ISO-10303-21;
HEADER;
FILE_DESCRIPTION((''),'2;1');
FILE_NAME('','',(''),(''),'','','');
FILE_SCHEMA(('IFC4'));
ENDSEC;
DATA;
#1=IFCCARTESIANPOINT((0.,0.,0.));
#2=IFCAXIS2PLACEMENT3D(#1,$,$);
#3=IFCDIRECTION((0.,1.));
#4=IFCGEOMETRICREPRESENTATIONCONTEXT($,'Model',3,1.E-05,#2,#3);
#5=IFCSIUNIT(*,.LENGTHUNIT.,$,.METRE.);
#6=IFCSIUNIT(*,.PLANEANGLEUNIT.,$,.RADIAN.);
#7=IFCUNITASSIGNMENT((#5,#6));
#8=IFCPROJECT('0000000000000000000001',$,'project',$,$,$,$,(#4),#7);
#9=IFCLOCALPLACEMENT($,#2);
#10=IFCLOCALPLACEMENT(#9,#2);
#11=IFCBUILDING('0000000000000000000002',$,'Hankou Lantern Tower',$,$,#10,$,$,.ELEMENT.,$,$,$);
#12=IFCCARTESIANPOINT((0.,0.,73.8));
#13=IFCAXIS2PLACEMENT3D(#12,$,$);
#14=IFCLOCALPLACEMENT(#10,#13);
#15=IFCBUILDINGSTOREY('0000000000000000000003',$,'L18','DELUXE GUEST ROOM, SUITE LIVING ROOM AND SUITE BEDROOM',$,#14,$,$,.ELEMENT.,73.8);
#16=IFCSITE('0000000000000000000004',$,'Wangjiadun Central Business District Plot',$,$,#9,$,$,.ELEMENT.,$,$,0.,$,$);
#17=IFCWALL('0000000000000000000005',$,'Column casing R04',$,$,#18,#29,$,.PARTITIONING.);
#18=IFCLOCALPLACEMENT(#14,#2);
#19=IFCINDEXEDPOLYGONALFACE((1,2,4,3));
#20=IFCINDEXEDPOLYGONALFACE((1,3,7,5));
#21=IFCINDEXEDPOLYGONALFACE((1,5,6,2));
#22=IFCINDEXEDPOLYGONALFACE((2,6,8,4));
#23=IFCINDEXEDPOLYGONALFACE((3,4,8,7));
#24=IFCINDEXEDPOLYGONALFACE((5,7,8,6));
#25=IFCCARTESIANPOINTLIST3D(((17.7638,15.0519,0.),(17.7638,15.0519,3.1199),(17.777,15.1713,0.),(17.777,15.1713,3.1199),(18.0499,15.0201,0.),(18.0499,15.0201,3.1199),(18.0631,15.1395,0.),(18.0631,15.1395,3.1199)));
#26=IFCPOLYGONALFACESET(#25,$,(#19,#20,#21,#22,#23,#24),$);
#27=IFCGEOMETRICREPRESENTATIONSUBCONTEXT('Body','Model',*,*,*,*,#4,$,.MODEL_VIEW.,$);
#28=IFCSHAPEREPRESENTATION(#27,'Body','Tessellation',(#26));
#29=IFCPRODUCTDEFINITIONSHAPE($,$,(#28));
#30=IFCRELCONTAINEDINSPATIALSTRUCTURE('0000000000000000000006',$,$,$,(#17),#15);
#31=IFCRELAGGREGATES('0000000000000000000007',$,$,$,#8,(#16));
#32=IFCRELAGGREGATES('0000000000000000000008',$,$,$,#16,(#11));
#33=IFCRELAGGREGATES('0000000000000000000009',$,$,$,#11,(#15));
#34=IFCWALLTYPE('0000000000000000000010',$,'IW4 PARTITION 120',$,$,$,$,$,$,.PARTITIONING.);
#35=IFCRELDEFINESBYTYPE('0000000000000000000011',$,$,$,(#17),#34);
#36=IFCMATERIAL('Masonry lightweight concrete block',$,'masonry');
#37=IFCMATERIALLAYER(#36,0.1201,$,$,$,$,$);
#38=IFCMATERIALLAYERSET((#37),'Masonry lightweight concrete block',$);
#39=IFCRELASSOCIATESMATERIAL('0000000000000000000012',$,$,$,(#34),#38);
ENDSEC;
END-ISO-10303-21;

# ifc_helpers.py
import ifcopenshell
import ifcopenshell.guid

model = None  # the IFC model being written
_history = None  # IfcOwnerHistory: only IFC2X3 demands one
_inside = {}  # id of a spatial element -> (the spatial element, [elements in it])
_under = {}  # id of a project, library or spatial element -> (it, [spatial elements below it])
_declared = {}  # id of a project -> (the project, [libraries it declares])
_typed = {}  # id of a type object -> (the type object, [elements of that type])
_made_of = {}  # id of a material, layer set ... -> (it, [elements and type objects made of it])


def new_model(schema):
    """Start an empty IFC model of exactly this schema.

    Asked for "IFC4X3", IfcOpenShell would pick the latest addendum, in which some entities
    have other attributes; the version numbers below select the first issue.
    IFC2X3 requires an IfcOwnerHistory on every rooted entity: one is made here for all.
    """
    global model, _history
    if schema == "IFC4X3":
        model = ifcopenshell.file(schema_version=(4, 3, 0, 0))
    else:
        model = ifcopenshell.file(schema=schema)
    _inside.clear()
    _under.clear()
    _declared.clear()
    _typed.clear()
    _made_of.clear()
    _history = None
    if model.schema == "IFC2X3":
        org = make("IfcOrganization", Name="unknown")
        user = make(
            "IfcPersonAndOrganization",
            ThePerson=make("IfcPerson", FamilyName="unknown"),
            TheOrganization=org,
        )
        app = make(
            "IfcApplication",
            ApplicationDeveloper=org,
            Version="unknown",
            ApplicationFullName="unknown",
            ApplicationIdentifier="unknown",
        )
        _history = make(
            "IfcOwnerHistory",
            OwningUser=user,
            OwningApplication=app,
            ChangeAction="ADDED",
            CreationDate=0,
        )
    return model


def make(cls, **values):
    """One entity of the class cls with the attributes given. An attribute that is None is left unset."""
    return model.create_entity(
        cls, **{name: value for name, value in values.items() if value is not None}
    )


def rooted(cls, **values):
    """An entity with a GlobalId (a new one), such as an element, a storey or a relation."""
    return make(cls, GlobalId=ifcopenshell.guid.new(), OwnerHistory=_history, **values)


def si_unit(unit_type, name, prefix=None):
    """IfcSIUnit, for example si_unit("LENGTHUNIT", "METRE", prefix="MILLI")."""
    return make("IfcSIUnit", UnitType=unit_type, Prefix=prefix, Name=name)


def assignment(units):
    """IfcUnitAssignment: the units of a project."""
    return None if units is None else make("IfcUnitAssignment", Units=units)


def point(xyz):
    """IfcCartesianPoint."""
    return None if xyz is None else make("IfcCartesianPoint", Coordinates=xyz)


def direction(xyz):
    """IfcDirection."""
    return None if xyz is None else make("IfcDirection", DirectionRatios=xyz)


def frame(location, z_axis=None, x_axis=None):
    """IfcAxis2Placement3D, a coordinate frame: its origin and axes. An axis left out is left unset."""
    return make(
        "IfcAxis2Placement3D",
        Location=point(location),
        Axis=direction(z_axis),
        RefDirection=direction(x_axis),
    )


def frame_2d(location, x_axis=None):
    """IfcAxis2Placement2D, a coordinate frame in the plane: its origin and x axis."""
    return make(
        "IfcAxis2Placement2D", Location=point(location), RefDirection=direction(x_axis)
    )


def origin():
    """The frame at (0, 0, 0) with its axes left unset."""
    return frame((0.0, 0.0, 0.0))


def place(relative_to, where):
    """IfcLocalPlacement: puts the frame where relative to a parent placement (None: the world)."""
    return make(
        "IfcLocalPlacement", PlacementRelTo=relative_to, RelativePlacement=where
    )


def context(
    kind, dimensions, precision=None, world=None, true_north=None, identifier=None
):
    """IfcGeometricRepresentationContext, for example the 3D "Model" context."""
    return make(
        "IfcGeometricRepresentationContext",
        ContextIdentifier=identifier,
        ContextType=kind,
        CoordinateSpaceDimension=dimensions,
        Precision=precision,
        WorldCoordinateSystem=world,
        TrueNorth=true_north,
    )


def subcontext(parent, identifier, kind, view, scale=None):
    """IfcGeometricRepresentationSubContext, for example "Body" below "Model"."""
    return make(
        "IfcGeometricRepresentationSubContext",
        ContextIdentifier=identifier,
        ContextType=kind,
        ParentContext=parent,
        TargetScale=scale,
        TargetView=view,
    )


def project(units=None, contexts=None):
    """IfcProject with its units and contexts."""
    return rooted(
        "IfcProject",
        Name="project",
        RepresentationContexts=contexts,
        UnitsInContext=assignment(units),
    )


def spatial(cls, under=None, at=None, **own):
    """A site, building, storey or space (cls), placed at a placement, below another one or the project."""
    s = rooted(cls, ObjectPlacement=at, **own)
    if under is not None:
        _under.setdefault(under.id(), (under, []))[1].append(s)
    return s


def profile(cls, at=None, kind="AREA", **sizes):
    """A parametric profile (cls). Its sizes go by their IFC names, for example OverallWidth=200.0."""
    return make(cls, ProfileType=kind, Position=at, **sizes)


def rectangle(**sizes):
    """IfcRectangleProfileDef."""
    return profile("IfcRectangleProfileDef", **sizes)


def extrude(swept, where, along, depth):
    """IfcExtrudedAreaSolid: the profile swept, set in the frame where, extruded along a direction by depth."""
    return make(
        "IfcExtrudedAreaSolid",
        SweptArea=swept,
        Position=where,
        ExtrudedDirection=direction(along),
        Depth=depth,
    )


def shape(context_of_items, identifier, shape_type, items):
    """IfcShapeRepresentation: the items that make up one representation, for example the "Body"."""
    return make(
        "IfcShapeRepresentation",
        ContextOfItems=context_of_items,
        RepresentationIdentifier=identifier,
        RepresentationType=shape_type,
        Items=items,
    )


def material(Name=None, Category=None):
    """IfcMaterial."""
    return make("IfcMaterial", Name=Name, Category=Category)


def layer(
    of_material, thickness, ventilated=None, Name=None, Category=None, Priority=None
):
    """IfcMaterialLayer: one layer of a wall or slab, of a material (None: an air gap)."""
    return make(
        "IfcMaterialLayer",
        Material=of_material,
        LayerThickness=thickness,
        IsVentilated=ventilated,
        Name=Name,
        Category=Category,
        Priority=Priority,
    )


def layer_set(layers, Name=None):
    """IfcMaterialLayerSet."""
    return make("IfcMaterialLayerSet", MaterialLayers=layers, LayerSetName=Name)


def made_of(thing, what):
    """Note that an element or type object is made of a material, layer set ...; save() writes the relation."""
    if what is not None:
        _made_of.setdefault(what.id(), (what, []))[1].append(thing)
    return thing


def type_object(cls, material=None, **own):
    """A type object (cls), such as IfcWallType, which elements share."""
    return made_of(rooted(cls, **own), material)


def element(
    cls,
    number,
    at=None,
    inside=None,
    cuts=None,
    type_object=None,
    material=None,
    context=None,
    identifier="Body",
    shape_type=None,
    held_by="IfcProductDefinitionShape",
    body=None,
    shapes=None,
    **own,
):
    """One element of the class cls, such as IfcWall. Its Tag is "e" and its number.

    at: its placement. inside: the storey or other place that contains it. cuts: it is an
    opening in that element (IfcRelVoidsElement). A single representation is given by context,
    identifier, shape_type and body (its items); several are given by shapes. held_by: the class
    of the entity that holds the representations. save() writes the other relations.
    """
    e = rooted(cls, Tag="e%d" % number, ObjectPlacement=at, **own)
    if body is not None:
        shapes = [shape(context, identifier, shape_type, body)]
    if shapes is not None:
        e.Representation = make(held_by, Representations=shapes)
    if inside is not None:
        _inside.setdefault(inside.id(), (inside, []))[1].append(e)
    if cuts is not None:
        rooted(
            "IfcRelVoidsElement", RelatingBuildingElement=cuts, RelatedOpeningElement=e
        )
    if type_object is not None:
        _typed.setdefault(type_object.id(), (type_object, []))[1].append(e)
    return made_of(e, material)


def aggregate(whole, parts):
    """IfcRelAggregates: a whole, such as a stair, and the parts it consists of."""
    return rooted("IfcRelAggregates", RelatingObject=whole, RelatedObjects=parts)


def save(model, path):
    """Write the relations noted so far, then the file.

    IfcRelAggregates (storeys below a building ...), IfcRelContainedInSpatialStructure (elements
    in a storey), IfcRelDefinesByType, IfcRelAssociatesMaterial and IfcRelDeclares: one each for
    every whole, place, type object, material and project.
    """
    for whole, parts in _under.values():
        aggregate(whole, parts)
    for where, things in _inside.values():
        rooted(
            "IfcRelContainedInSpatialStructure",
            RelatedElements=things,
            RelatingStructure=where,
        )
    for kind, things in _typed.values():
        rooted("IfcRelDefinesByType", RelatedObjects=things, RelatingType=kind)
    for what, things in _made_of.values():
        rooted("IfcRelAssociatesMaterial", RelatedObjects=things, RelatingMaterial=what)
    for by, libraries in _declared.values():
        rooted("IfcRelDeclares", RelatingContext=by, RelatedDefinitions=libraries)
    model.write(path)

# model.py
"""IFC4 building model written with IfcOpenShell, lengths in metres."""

from ifc_helpers import new_model, si_unit, direction, frame, frame_2d, origin, place, context, subcontext, project, spatial, rectangle, extrude, material, layer, layer_set, type_object, element, save


model = new_model("IFC4")

# Units and contexts
model_context = context("Model", 3, precision=1e-05, world=origin(), true_north=direction((0.0, 1.0)))
body_context = subcontext(model_context, "Body", "Model", "MODEL_VIEW")
ifc_project = project(units=[si_unit("LENGTHUNIT", "METRE"), si_unit("PLANEANGLEUNIT", "RADIAN")], contexts=[model_context])

# Site, building, storey
site_placement = place(None, origin())
site = spatial("IfcSite", under=ifc_project, at=site_placement, Name="Wangjiadun Central Business District Plot", CompositionType="ELEMENT", RefElevation=0.0)
building_placement = place(site_placement, origin())
building = spatial("IfcBuilding", under=site, at=building_placement, Name="Hankou Lantern Tower", CompositionType="ELEMENT")
storey_placement = place(building_placement, frame((0.0, 0.0, 73.8)))
storey = spatial("IfcBuildingStorey", under=building, at=storey_placement, Name="L18", Description="DELUXE GUEST ROOM, SUITE LIVING ROOM AND SUITE BEDROOM", CompositionType="ELEMENT", Elevation=73.8)

# Wall
ifc_material_1 = material(Name="Masonry lightweight concrete block", Category="masonry")
ifc_layer_1 = layer(ifc_material_1, 0.1201)
ifc_layer_set_1 = layer_set([ifc_layer_1], Name="Masonry lightweight concrete block")
wall_type_1 = type_object("IfcWallType", Name="IW4 PARTITION 120", PredefinedType="PARTITIONING", material=ifc_layer_set_1)
wall_1_placement = place(storey_placement, frame((17.7703, 15.1116, 0.0), z_axis=(0.0, 0.0, 1.0), x_axis=(0.993904, -0.110245, 0.0)))
element("IfcWall", 1, at=wall_1_placement, inside=storey, type_object=wall_type_1, Name="Column casing R04", PredefinedType="PARTITIONING", context=body_context, shape_type="SweptSolid", body=[
    extrude(rectangle(XDim=0.2878, YDim=0.1201, at=frame_2d((0.144, 0.0))), origin(), (0.0, 0.0, 1.0), 3.1199),
])

save(model, "model.ifc")
